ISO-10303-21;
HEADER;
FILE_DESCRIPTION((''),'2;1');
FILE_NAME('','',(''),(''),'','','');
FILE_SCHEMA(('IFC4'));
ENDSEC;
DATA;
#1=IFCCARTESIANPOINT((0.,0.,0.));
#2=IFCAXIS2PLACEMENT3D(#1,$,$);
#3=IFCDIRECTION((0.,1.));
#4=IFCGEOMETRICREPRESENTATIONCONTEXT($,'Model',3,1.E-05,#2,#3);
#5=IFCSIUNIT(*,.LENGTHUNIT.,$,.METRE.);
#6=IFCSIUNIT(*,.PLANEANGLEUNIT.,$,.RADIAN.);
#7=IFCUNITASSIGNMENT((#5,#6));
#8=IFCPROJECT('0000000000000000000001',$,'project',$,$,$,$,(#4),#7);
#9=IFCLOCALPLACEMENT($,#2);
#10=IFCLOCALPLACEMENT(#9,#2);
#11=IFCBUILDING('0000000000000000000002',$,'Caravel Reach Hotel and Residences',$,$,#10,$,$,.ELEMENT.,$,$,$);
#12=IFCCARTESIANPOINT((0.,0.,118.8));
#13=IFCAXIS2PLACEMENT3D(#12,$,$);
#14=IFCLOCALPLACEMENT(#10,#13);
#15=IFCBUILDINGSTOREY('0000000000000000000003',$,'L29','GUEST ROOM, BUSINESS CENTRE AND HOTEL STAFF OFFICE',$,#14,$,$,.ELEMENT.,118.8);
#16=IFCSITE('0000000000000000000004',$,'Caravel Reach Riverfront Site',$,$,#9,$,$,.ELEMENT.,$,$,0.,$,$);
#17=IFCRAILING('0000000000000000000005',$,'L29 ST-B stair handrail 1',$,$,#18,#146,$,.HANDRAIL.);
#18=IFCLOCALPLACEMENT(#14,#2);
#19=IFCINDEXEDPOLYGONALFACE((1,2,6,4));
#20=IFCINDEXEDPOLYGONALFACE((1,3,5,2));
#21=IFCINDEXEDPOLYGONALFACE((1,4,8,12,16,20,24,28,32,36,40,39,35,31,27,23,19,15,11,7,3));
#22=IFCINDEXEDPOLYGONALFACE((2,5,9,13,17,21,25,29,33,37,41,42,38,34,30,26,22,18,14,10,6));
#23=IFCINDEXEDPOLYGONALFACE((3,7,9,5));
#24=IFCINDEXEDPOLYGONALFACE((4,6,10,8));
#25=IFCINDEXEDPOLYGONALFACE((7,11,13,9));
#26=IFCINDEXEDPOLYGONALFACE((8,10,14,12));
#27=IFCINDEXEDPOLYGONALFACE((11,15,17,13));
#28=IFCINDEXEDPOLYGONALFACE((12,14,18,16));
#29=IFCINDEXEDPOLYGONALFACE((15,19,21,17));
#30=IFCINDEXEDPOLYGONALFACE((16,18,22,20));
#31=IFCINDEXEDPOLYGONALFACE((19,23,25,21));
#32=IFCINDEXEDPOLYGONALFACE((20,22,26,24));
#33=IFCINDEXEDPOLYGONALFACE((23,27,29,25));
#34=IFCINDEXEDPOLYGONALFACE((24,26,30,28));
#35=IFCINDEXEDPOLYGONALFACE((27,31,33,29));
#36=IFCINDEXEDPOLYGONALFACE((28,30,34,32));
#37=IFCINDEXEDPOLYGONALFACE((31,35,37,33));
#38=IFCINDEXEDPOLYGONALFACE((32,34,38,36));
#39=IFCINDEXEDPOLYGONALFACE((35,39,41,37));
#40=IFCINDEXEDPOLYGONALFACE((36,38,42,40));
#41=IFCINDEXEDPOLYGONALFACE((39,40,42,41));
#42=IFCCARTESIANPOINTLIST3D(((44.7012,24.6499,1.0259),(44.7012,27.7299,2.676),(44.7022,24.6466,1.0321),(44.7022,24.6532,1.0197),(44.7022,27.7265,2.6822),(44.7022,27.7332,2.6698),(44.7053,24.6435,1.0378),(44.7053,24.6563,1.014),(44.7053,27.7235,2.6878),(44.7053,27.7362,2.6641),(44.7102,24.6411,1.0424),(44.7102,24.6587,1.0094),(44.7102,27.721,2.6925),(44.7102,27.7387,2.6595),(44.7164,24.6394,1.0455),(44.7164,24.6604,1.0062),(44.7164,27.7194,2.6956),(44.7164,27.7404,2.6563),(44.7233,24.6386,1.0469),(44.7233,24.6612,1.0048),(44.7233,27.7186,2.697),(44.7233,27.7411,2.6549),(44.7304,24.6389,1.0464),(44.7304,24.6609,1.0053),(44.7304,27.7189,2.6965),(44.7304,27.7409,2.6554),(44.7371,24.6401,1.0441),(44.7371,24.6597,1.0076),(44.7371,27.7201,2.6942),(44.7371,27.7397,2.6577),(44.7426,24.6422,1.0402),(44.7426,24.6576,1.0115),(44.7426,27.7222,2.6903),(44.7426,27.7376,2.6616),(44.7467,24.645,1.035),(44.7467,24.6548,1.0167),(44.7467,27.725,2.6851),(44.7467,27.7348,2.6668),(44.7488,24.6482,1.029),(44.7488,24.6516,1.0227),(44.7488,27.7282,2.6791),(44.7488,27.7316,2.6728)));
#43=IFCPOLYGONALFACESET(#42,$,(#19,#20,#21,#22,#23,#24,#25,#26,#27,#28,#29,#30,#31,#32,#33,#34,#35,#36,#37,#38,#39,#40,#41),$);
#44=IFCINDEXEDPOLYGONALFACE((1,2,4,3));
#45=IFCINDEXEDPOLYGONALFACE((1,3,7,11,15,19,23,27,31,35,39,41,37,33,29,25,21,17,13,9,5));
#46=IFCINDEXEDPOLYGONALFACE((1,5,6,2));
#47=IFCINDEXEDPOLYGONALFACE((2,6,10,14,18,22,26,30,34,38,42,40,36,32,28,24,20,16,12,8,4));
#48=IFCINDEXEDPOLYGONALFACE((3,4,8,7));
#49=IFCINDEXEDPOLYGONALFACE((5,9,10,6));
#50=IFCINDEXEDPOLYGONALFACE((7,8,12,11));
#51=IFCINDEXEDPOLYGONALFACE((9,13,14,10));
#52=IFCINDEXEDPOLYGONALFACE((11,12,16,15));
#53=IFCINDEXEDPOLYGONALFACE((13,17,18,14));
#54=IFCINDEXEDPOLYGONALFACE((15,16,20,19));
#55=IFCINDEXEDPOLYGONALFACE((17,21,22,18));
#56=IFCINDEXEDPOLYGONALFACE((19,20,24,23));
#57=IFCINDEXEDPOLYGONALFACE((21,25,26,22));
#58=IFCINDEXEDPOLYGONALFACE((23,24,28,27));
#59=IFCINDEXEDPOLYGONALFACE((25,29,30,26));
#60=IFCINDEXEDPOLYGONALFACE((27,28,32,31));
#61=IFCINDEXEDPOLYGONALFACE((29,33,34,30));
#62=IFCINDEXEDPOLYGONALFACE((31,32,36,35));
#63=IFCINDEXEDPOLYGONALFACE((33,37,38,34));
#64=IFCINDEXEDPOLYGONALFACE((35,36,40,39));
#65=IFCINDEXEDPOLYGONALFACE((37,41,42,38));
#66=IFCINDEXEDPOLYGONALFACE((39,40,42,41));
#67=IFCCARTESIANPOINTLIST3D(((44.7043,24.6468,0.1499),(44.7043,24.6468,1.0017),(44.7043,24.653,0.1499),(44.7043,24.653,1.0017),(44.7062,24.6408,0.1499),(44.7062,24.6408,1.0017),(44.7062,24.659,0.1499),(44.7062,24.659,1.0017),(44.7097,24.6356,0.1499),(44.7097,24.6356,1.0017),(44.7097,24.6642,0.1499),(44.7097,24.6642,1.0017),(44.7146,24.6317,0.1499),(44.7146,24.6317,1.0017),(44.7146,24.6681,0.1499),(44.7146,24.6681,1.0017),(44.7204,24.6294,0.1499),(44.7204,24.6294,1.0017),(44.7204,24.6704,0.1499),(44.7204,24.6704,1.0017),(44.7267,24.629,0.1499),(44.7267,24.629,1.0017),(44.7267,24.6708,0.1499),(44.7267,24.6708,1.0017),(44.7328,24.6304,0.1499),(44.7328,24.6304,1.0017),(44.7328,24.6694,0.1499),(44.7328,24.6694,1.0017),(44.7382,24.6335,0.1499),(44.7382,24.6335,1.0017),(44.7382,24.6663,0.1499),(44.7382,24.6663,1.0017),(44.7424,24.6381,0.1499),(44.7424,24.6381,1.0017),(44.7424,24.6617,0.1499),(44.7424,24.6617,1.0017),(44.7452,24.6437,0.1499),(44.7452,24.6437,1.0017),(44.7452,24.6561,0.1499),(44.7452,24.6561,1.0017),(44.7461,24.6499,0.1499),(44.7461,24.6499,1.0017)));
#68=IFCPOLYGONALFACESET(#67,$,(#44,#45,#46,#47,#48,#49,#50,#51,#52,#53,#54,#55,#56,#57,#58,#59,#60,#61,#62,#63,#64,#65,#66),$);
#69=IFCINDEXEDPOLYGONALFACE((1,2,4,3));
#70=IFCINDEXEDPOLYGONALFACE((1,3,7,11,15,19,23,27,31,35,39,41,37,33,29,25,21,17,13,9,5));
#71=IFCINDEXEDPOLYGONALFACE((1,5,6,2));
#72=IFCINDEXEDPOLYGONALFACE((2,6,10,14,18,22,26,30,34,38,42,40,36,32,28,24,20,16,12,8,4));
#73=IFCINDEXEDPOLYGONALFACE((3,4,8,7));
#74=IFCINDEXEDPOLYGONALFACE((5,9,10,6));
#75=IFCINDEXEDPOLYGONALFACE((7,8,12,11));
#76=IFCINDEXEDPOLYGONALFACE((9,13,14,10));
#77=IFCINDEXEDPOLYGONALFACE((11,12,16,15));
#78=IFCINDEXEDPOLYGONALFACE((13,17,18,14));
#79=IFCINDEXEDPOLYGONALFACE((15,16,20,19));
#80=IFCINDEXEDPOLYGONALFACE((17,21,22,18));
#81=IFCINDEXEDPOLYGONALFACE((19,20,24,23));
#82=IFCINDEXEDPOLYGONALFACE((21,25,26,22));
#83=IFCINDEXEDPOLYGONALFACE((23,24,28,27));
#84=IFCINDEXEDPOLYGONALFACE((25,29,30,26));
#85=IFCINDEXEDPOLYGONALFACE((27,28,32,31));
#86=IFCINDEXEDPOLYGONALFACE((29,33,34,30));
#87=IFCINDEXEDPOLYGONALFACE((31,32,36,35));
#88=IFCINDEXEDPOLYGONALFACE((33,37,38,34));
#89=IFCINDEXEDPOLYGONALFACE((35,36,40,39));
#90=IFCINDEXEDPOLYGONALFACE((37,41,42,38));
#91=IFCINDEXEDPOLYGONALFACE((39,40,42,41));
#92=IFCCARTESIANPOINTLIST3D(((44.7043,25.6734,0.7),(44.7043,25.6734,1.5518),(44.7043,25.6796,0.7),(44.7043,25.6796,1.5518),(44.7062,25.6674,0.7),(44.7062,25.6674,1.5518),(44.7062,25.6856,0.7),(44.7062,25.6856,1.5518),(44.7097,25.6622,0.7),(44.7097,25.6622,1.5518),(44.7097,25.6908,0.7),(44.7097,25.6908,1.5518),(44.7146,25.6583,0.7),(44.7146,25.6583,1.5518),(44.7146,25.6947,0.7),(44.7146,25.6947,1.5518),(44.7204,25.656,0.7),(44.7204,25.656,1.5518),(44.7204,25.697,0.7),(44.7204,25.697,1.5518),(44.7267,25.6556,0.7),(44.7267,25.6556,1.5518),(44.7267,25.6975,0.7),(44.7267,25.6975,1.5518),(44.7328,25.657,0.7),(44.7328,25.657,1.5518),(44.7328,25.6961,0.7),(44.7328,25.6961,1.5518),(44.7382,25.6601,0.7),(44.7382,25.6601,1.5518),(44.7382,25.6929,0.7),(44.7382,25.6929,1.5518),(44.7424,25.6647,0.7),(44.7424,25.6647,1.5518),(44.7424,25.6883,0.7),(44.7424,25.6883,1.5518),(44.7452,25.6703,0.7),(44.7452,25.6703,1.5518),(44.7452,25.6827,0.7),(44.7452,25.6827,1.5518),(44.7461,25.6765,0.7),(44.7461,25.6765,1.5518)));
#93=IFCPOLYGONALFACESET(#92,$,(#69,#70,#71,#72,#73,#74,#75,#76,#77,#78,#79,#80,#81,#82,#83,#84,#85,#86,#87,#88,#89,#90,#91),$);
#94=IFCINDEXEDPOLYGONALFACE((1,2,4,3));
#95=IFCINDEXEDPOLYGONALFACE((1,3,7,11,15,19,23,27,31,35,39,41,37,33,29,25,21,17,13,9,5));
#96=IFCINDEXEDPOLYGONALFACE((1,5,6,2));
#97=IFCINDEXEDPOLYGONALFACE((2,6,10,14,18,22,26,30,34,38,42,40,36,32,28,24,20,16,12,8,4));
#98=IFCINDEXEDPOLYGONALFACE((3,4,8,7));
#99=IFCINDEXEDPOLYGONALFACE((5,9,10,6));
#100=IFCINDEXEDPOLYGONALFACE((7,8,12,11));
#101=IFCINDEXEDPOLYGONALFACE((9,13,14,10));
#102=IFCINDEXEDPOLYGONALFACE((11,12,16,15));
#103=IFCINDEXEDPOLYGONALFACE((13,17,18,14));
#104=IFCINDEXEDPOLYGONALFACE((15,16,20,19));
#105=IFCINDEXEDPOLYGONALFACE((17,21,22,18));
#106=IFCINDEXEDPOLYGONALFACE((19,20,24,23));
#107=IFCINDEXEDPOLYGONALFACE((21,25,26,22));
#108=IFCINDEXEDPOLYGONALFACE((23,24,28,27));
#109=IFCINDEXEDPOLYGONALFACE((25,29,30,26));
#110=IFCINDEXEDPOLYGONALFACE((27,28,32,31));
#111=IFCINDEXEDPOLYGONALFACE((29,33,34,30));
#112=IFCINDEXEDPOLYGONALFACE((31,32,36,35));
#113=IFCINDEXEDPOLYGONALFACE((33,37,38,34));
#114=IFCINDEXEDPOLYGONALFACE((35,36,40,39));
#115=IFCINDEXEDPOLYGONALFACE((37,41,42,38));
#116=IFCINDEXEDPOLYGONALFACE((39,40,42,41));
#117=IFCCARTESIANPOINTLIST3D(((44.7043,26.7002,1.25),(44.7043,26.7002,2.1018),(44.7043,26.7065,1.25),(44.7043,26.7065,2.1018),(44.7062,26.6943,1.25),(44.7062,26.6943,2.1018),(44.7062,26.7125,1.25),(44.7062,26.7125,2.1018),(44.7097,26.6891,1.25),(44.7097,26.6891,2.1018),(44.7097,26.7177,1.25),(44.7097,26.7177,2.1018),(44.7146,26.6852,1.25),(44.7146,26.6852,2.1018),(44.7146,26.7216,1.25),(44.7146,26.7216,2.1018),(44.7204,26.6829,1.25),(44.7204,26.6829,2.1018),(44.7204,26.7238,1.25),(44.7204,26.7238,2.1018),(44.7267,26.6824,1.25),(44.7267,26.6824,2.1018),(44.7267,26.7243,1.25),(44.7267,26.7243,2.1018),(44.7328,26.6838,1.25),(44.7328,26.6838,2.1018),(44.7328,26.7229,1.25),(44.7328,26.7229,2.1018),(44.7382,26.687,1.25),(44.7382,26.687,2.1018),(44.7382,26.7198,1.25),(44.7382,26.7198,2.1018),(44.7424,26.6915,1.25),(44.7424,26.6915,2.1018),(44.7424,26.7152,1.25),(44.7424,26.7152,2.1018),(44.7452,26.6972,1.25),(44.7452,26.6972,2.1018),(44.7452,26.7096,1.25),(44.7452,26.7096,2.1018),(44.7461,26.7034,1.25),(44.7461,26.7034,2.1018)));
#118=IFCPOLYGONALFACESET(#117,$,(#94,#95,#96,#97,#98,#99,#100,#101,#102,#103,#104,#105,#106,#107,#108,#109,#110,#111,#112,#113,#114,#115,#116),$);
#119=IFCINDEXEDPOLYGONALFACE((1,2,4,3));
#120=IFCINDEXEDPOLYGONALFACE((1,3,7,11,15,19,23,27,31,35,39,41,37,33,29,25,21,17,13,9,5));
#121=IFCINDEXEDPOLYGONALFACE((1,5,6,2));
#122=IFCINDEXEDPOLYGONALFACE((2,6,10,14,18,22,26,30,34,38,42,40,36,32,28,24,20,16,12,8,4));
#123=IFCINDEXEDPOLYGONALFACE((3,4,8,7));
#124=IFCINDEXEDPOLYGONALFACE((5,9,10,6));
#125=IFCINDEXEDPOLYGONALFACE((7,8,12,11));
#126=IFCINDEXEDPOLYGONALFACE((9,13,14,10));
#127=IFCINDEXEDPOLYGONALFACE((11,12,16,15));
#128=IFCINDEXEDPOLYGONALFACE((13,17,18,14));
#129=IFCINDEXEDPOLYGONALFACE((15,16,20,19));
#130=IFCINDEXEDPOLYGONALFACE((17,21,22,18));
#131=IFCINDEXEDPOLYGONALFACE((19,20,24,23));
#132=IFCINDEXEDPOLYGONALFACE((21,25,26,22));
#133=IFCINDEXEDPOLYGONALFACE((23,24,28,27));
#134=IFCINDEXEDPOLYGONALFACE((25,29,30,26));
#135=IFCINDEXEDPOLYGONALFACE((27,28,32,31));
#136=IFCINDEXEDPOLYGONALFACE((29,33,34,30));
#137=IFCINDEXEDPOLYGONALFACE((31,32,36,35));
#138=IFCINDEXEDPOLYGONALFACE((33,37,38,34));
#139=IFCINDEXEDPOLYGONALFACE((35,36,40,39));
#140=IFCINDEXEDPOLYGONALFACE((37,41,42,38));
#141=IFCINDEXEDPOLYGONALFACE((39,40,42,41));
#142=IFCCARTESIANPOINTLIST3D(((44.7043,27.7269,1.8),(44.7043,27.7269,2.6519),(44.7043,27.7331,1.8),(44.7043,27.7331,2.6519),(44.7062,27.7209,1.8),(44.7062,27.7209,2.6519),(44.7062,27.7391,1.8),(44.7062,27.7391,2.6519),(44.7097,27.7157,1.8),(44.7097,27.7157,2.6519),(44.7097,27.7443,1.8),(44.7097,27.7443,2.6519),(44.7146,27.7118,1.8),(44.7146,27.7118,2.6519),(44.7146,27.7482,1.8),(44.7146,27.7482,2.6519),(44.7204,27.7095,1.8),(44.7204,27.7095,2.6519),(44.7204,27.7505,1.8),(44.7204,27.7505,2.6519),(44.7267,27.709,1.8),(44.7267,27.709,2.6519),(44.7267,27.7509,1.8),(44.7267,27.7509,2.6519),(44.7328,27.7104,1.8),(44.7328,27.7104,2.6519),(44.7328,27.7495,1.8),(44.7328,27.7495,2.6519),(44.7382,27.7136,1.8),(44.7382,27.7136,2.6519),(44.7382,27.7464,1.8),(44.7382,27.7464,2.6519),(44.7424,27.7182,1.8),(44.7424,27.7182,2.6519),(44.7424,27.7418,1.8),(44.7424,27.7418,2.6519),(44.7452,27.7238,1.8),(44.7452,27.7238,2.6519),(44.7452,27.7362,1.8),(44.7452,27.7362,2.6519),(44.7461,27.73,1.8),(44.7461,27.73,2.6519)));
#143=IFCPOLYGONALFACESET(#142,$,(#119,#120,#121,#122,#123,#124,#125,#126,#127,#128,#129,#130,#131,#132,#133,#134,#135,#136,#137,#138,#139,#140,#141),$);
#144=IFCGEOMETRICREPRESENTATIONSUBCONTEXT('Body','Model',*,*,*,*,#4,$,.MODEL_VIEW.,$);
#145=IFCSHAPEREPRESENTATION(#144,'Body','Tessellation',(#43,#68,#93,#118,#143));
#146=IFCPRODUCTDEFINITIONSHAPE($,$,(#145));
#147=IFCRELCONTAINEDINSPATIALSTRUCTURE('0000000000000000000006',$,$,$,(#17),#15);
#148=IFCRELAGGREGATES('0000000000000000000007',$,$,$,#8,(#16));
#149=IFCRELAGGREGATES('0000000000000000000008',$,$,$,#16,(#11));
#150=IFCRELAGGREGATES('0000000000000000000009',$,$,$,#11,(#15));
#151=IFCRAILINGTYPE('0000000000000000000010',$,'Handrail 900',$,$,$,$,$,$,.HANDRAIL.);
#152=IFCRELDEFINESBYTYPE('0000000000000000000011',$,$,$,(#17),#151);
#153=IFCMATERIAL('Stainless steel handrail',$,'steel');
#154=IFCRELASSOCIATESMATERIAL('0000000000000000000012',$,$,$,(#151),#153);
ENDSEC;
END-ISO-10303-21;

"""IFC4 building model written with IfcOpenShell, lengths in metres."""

from ifc_helpers import new_model, si_unit, direction, frame, origin, origin_2d, place, context, subcontext, project, spatial, circle, extrude, material, type_object, element, save


model = new_model("IFC4")

# Units and contexts
model_context = context("Model", 3, precision=1e-05, world=origin(), true_north=direction((0.0, 1.0)))
body_context = subcontext(model_context, "Body", "Model", "MODEL_VIEW")
ifc_project = project(units=[si_unit("LENGTHUNIT", "METRE"), si_unit("PLANEANGLEUNIT", "RADIAN")], contexts=[model_context])

# Site, building, storey
site_placement = place(None, origin())
site = spatial("IfcSite", under=ifc_project, at=site_placement, Name="Caravel Reach Riverfront Site", CompositionType="ELEMENT", RefElevation=0.0)
building_placement = place(site_placement, origin())
building = spatial("IfcBuilding", under=site, at=building_placement, Name="Caravel Reach Hotel and Residences", CompositionType="ELEMENT")
storey_placement = place(building_placement, frame((0.0, 0.0, 118.8)))
storey = spatial("IfcBuildingStorey", under=building, at=storey_placement, Name="L29", Description="GUEST ROOM, BUSINESS CENTRE AND HOTEL STAFF OFFICE", CompositionType="ELEMENT", Elevation=118.8)

# Railing
ifc_material_1 = material(Name="Stainless steel handrail", Category="steel")
railing_type_1 = type_object("IfcRailingType", Name="Handrail 900", PredefinedType="HANDRAIL", material=ifc_material_1)
railing_1_placement = place(storey_placement, frame((44.7251, 24.6499, 0.1499)))
element("IfcRailing", 1, at=railing_1_placement, inside=storey, type_object=railing_type_1, Name="L29 ST-B stair handrail 1", PredefinedType="HANDRAIL", context=body_context, shape_type="SweptSolid", body=[
    extrude(circle(Radius=0.0239, at=origin_2d()), frame((0.0, 0.0, 0.876), z_axis=(0.0, 0.881468, 0.472245), x_axis=(-1.0, 0.0, 0.0)), (0.0, 0.0, 1.0), 3.4941),
    extrude(circle(Radius=0.021, at=origin_2d()), origin(), (0.0, 0.0, 1.0), 0.8518),
    extrude(circle(Radius=0.021, at=origin_2d()), frame((0.0, 1.0266, 0.55)), (0.0, 0.0, 1.0), 0.8518),
    extrude(circle(Radius=0.021, at=origin_2d()), frame((0.0, 2.0535, 1.1001)), (0.0, 0.0, 1.0), 0.8518),
    extrude(circle(Radius=0.021, at=origin_2d()), frame((0.0, 3.0801, 1.6501)), (0.0, 0.0, 1.0), 0.8518),
])

save(model, "model.ifc")
